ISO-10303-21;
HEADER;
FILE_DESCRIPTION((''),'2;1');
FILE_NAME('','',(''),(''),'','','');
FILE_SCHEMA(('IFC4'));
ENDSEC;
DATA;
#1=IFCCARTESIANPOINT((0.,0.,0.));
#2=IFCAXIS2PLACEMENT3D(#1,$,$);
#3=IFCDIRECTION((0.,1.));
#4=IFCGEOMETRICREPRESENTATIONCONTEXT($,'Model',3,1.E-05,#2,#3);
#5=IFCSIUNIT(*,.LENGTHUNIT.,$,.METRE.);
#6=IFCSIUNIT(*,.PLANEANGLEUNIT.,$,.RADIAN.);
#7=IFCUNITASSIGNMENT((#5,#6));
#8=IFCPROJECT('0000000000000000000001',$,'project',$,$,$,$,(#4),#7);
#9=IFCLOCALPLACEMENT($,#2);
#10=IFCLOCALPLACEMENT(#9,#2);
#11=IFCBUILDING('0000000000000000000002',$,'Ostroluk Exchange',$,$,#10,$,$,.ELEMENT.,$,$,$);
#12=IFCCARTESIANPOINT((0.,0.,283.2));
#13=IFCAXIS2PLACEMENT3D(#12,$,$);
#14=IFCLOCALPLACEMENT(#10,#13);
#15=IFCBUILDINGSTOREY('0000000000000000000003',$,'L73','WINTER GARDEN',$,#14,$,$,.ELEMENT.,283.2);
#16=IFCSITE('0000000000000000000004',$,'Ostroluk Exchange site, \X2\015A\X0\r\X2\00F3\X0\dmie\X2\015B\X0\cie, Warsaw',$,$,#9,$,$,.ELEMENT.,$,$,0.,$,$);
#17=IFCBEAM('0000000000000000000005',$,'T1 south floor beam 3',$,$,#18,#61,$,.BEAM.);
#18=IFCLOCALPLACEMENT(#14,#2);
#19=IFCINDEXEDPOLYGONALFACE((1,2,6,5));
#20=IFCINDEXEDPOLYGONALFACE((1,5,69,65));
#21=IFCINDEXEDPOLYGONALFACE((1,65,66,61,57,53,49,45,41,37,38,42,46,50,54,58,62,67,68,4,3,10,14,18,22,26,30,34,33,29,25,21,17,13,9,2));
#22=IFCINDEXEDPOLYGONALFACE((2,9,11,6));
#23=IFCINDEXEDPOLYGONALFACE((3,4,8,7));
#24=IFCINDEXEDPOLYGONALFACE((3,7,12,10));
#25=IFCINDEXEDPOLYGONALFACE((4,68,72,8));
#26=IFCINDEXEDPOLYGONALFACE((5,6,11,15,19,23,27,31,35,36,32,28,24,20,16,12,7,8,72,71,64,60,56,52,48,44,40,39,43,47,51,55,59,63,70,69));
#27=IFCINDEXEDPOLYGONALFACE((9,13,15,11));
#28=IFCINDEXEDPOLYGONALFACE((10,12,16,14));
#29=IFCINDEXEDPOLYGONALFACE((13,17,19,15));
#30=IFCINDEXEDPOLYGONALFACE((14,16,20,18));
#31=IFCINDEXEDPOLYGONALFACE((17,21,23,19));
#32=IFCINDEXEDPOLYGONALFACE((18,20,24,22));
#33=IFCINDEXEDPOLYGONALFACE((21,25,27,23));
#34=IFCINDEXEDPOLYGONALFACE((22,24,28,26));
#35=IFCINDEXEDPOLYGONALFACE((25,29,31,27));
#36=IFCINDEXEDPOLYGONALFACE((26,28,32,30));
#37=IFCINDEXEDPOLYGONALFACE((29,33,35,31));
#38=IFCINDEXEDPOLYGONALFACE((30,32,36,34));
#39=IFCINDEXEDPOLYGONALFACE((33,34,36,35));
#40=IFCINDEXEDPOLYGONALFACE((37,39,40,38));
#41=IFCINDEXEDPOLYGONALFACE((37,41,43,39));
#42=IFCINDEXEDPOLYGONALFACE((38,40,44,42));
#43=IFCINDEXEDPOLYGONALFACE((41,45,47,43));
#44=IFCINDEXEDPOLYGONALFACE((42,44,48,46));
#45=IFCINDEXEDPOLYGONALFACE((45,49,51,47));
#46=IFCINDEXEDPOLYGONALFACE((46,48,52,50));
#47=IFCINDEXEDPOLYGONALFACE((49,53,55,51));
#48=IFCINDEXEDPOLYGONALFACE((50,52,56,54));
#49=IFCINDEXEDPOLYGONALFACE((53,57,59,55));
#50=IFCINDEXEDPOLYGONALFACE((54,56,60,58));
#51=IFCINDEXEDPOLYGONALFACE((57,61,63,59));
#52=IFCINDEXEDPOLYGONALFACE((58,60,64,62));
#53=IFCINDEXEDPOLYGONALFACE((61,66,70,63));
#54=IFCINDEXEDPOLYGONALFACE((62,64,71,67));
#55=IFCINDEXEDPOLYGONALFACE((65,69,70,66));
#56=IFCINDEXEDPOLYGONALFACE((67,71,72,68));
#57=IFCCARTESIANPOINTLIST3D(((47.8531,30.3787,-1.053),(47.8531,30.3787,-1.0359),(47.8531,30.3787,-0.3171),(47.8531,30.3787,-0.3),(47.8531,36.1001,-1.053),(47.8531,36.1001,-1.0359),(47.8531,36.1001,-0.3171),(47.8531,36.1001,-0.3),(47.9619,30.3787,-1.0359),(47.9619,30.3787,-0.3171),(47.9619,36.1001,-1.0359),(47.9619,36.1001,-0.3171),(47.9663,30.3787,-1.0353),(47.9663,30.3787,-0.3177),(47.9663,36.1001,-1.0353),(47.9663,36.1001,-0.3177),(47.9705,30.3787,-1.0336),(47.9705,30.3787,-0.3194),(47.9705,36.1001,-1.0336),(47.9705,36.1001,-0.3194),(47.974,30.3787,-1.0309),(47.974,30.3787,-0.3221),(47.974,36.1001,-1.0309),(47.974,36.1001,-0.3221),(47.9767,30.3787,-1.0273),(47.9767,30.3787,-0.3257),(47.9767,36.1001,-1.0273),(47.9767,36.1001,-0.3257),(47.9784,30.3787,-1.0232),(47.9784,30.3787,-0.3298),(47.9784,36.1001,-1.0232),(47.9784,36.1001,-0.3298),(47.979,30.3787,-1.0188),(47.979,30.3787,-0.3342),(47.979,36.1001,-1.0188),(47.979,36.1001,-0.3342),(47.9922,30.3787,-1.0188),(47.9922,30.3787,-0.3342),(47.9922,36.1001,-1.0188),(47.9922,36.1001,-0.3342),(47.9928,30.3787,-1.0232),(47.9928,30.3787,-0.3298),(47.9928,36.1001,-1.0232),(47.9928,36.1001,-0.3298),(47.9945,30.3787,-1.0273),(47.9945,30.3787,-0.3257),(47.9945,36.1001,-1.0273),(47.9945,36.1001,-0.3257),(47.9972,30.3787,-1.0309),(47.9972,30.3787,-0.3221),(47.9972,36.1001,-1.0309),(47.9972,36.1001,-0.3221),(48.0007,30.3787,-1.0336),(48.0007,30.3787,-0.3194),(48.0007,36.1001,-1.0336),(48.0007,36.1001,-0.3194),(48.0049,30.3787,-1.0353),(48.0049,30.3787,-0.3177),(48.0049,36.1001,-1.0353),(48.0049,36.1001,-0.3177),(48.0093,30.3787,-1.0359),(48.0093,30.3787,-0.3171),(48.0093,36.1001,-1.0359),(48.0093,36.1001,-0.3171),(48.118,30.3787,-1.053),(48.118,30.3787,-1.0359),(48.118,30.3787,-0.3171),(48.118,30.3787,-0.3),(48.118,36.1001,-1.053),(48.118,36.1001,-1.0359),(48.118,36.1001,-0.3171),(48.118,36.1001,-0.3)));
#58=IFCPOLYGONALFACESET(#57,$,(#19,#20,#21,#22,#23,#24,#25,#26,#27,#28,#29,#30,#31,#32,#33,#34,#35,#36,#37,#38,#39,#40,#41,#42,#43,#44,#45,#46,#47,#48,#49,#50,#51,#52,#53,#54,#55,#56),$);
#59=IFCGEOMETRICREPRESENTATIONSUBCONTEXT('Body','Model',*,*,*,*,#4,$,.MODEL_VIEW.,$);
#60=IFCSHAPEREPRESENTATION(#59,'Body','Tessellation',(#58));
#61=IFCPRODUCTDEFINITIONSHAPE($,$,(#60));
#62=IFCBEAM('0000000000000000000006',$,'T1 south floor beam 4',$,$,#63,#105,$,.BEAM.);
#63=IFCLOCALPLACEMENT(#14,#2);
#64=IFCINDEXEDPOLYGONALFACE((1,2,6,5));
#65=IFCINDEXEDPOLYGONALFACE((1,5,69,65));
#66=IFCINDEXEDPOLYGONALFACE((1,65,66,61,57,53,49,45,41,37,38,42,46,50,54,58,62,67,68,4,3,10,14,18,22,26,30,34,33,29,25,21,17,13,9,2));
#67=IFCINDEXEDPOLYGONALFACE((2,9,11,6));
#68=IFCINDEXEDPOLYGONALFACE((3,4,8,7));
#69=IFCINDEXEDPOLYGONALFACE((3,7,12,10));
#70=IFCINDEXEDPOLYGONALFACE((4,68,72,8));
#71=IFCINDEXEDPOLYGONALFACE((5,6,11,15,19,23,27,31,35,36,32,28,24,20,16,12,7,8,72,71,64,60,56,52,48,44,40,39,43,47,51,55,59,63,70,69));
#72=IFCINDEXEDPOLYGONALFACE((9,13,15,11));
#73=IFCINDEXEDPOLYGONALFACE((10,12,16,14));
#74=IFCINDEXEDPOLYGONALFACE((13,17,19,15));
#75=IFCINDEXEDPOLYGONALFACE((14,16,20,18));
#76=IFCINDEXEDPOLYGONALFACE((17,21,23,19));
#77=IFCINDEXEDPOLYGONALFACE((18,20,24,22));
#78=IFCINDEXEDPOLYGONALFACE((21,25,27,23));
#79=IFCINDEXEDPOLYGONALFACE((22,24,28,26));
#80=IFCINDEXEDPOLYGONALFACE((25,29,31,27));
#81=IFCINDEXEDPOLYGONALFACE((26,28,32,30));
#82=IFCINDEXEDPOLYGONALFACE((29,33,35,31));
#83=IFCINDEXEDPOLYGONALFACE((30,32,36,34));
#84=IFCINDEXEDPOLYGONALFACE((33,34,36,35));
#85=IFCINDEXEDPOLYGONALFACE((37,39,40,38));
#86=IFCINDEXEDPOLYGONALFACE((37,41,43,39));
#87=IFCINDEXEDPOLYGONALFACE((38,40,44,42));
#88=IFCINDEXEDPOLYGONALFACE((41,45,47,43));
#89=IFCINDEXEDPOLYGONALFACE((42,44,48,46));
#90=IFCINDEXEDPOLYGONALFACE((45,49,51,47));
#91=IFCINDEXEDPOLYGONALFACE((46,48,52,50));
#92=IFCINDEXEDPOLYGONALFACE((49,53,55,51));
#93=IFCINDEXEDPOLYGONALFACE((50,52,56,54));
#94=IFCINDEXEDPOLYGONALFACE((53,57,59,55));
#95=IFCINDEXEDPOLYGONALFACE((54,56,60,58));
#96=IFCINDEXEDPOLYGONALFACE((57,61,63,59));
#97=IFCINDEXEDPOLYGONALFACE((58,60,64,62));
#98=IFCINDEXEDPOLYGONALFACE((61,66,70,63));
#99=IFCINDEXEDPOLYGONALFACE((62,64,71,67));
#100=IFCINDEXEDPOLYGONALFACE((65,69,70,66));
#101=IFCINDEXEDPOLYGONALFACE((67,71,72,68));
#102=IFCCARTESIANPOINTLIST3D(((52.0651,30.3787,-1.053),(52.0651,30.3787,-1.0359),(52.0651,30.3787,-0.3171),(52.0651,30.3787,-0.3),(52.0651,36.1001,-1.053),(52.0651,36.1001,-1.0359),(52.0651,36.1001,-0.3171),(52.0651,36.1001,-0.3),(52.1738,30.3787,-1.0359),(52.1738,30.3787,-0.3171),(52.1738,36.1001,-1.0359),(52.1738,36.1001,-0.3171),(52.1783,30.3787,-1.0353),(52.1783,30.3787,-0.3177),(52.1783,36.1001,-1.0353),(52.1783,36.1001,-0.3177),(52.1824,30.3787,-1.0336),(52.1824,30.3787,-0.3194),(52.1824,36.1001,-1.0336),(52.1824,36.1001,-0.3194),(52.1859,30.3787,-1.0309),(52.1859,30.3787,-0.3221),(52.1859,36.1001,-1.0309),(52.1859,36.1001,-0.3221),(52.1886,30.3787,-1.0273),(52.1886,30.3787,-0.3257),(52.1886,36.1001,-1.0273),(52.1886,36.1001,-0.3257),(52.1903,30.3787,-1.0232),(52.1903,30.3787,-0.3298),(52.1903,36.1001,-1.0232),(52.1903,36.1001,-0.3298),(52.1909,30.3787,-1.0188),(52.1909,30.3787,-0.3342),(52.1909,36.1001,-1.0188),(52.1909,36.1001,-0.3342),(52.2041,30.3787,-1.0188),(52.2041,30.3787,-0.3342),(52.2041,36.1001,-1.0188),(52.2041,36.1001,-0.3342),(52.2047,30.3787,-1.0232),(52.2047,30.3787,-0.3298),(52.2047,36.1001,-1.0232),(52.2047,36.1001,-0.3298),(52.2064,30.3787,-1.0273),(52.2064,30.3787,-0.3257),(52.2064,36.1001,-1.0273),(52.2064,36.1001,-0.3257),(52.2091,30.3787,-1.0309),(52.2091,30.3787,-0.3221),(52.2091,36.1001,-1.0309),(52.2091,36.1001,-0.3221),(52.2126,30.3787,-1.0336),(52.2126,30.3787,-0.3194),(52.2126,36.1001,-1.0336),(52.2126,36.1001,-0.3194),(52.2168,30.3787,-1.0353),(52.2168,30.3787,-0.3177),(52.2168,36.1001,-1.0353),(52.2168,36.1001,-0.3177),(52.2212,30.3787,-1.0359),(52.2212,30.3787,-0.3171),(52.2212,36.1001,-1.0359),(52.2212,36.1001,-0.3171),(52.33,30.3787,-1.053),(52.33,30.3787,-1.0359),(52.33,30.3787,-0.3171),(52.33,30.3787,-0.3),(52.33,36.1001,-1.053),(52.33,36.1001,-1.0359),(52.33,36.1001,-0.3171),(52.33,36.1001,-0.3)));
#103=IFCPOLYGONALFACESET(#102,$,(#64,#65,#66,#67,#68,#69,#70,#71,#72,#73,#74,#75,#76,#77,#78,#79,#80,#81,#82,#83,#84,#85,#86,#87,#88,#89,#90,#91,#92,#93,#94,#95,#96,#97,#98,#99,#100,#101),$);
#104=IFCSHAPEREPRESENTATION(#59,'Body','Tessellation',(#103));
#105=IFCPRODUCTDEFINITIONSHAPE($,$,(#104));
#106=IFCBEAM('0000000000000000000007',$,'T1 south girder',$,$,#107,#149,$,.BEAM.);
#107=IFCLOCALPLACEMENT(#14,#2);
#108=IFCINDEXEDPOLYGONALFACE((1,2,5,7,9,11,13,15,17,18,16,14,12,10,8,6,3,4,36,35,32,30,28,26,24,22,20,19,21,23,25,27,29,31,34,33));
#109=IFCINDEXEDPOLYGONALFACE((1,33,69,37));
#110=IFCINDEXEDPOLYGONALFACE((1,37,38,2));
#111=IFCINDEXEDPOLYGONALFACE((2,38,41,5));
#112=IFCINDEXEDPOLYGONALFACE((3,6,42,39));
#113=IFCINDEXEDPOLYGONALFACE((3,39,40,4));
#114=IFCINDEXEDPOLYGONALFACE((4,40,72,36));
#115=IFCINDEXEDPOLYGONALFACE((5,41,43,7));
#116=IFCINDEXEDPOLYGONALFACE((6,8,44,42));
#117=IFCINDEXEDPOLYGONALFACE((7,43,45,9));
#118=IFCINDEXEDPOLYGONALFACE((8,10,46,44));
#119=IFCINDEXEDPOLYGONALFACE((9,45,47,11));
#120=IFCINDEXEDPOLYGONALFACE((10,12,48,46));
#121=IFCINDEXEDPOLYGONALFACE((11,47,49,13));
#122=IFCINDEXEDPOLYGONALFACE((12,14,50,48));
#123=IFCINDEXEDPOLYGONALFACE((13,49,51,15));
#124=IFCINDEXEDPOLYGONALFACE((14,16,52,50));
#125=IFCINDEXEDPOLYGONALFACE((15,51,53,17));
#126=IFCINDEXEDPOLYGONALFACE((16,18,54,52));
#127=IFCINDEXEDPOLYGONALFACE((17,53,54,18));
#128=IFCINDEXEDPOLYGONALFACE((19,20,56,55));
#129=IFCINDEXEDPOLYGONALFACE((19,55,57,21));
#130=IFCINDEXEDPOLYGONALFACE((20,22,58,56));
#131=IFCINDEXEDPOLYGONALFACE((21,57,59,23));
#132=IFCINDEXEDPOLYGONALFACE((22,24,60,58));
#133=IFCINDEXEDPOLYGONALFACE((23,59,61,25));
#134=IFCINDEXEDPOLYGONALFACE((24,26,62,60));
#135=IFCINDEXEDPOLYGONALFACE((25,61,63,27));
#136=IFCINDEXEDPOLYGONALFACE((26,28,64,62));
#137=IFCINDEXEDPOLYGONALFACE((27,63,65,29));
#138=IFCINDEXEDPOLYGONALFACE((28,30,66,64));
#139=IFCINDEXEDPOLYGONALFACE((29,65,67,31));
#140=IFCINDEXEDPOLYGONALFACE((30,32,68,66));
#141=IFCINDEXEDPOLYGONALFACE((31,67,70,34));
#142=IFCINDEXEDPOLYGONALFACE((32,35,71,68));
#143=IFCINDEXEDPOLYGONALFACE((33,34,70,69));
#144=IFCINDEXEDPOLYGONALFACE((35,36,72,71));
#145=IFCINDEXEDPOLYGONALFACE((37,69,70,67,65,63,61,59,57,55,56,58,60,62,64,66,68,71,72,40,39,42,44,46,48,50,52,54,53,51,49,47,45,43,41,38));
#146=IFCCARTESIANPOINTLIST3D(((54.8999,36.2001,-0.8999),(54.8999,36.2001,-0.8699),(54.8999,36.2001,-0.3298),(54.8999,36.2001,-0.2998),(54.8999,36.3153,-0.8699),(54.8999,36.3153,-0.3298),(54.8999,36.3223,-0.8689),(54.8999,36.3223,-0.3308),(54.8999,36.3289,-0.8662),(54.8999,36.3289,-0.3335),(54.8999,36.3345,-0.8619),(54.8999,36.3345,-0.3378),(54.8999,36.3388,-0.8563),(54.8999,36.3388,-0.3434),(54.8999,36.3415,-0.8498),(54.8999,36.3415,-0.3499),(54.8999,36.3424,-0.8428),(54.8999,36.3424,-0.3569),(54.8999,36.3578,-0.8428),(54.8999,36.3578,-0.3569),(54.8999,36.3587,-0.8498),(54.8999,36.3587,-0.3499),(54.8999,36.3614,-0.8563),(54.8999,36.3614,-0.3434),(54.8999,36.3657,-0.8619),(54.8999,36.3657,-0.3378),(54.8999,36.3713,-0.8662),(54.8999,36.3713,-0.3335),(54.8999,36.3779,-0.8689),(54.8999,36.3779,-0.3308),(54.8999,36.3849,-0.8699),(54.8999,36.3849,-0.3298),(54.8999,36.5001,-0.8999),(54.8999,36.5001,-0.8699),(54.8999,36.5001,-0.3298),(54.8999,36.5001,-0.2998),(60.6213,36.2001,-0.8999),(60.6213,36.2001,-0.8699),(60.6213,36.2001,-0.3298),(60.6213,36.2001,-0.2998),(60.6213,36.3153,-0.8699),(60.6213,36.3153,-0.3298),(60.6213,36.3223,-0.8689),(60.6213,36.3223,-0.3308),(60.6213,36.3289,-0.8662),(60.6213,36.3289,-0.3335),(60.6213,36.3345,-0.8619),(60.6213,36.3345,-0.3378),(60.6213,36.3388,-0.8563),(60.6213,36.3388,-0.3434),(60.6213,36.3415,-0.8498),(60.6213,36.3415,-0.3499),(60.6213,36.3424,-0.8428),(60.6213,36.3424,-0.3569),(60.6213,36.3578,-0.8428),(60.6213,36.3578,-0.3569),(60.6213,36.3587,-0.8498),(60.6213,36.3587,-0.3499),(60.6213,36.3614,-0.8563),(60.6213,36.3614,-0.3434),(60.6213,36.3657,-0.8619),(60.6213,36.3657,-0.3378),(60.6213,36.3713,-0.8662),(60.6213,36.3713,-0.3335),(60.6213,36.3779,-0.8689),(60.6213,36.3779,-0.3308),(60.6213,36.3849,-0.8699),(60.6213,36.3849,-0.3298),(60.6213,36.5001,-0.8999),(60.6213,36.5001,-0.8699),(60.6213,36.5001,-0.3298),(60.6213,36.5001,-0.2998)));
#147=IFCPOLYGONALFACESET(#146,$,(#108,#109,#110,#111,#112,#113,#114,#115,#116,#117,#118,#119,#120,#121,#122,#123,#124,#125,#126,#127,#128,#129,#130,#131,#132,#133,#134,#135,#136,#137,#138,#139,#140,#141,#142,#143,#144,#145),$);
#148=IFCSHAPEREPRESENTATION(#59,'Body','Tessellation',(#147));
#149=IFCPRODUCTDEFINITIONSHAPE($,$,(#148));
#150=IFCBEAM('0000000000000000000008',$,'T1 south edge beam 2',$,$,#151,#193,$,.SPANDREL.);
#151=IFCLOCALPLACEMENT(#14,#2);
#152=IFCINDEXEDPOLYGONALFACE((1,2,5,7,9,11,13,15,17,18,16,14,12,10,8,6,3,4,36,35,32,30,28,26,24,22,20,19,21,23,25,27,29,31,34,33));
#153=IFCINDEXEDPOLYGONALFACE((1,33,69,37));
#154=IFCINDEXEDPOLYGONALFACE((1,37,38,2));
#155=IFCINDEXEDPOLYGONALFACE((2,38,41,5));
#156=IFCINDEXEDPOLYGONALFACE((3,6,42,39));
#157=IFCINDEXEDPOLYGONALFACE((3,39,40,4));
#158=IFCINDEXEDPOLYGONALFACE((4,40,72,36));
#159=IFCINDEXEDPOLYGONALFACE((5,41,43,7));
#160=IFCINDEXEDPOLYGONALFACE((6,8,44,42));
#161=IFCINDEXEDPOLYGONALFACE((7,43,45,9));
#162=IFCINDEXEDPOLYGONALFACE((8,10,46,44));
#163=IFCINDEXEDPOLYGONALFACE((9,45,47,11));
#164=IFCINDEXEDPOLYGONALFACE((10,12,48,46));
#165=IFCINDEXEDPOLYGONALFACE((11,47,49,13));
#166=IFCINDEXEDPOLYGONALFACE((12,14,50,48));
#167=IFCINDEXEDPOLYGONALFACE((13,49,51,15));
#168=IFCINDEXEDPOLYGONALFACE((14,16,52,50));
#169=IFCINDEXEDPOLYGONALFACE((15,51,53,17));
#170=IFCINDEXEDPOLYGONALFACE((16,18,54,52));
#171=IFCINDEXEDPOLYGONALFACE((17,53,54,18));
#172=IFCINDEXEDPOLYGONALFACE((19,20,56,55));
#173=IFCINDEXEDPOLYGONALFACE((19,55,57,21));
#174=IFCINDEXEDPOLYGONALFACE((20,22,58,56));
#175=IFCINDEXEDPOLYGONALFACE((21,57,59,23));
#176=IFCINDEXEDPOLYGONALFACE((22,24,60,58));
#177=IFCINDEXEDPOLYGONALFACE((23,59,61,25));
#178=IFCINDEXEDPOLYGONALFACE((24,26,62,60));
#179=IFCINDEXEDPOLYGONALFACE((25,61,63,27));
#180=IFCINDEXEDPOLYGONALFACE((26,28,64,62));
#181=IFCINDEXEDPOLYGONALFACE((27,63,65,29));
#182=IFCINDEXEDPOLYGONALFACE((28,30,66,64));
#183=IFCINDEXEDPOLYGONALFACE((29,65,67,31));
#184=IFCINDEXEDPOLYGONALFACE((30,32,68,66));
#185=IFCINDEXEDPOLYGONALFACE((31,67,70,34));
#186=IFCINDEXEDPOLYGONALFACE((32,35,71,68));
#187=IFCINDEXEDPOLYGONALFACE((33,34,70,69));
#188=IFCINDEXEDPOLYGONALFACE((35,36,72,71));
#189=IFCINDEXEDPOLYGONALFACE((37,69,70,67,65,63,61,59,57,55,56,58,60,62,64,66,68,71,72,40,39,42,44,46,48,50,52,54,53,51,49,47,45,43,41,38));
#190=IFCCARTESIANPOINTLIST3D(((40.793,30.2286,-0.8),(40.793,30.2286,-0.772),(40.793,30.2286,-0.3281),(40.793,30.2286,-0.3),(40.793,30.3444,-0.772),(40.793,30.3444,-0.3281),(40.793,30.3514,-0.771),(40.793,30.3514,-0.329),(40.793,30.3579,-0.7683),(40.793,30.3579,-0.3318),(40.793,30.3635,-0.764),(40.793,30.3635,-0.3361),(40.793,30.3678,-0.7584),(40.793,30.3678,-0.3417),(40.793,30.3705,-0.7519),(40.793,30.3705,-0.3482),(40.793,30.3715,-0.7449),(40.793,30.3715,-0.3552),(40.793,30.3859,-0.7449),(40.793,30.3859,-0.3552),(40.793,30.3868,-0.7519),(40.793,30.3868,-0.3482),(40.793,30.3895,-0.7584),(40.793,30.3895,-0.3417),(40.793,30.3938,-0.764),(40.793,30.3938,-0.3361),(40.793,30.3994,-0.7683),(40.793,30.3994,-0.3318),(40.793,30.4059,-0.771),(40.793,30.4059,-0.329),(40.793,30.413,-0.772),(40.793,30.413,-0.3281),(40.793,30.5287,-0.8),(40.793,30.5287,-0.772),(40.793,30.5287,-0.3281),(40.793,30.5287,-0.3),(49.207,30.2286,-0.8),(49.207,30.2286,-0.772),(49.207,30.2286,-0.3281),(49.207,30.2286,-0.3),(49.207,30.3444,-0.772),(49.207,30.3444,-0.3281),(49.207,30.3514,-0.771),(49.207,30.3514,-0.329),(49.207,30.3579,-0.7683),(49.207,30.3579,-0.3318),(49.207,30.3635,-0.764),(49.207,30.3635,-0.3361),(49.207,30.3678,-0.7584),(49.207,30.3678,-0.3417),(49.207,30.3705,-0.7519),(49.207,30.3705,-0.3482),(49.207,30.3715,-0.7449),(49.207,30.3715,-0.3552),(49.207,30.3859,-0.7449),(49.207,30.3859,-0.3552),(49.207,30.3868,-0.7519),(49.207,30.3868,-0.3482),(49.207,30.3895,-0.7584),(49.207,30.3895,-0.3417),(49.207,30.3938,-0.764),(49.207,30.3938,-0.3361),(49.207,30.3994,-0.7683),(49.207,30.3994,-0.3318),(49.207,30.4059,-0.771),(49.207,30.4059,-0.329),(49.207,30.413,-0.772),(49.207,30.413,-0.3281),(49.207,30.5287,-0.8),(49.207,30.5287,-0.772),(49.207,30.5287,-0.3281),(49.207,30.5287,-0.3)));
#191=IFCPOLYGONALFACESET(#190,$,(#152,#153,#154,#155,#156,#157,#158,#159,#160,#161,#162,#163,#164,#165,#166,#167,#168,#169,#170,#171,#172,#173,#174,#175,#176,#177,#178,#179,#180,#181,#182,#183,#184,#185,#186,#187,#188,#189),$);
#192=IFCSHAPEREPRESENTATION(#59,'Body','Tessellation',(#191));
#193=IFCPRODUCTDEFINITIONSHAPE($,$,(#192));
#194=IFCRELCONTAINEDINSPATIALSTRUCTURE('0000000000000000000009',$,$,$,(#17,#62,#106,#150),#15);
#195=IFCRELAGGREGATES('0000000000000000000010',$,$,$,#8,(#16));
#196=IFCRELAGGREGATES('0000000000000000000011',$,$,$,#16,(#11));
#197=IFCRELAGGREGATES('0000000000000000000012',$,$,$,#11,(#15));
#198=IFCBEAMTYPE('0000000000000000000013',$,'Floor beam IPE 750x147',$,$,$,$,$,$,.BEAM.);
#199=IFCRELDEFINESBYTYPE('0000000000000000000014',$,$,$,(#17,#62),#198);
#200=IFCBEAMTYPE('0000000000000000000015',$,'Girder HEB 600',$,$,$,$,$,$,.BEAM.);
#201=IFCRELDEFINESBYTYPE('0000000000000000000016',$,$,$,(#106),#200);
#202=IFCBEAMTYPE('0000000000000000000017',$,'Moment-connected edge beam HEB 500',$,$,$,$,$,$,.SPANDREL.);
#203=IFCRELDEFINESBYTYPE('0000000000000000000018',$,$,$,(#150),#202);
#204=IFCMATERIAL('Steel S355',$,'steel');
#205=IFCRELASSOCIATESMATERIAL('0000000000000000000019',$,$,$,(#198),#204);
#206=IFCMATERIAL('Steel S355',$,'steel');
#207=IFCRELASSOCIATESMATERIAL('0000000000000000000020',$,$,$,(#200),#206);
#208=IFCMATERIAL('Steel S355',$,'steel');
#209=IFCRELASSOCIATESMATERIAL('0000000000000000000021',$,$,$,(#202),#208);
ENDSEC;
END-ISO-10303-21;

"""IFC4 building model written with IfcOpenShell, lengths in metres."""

from ifc_helpers import new_model, si_unit, direction, frame, origin, origin_2d, place, context, subcontext, project, spatial, i_section, extrude, material, material_profile, profile_set, type_object, element, save


model = new_model("IFC4")

# Units and contexts
model_context = context("Model", 3, precision=1e-05, world=origin(), true_north=direction((0.0, 1.0)))
body_context = subcontext(model_context, "Body", "Model", "MODEL_VIEW")
ifc_project = project(units=[si_unit("LENGTHUNIT", "METRE"), si_unit("PLANEANGLEUNIT", "RADIAN")], contexts=[model_context])

# Site, building, storey
site_placement = place(None, origin())
site = spatial("IfcSite", under=ifc_project, at=site_placement, Name="Ostroluk Exchange site, Śródmieście, Warsaw", CompositionType="ELEMENT", RefElevation=0.0)
building_placement = place(site_placement, origin())
building = spatial("IfcBuilding", under=site, at=building_placement, Name="Ostroluk Exchange", CompositionType="ELEMENT")
storey_placement = place(building_placement, frame((0.0, 0.0, 283.2)))
storey = spatial("IfcBuildingStorey", under=building, at=storey_placement, Name="L73", Description="WINTER GARDEN", CompositionType="ELEMENT", Elevation=283.2)

# Beams
ifc_material_1 = material(Name="Steel S355", Category="steel")
ifc_material_profile_1 = material_profile(ifc_material_1, i_section(OverallWidth=0.2649, OverallDepth=0.7529, WebThickness=0.0132, FlangeThickness=0.0171, FilletRadius=0.0171, at=origin_2d()), Name="IPE 750x147")
ifc_profile_set_1 = profile_set([ifc_material_profile_1], Name="Steel S355")
beam_type_1 = type_object("IfcBeamType", Name="Floor beam IPE 750x147", PredefinedType="BEAM", material=ifc_profile_set_1)
for number, where, z_axis, x_axis, name in (
    (1, (47.9856, 36.1001, -0.6765), (0.0, -1.0, 0.0), (1.0, 0.0, 0.0), "T1 south floor beam 3"),
    (2, (52.1975, 36.1001, -0.6765), (0.0, -1.0, 0.0), (1.0, 0.0, 0.0), "T1 south floor beam 4"),
):
    element("IfcBeam", number, at=place(storey_placement, frame(where, z_axis=z_axis, x_axis=x_axis)), inside=storey, type_object=beam_type_1, Name=name, PredefinedType="BEAM", context=body_context, shape_type="SweptSolid", body=[
        extrude(i_section(OverallWidth=0.2649, OverallDepth=0.7529, WebThickness=0.0132, FlangeThickness=0.0171, FilletRadius=0.0171, at=origin_2d()), origin(), (0.0, 0.0, 1.0), 5.7214),
    ])
ifc_material_2 = material(Name="Steel S355", Category="steel")
ifc_material_profile_2 = material_profile(ifc_material_2, i_section(OverallWidth=0.3, OverallDepth=0.6001, WebThickness=0.0154, FlangeThickness=0.03, FilletRadius=0.0271, at=origin_2d()), Name="HEB 600")
ifc_profile_set_2 = profile_set([ifc_material_profile_2], Name="Steel S355")
beam_type_2 = type_object("IfcBeamType", Name="Girder HEB 600", PredefinedType="BEAM", material=ifc_profile_set_2)
beam_1_placement = place(storey_placement, frame((54.8999, 36.3501, -0.5999), z_axis=(1.0, 0.0, 0.0), x_axis=(0.0, 1.0, 0.0)))
element("IfcBeam", 3, at=beam_1_placement, inside=storey, type_object=beam_type_2, Name="T1 south girder", PredefinedType="BEAM", context=body_context, shape_type="SweptSolid", body=[
    extrude(i_section(OverallWidth=0.3, OverallDepth=0.6001, WebThickness=0.0154, FlangeThickness=0.03, FilletRadius=0.0271, at=origin_2d()), origin(), (0.0, 0.0, 1.0), 5.7214),
])
ifc_material_3 = material(Name="Steel S355", Category="steel")
ifc_material_profile_3 = material_profile(ifc_material_3, i_section(OverallWidth=0.3, OverallDepth=0.5, WebThickness=0.0144, FlangeThickness=0.0281, FilletRadius=0.0271, at=origin_2d()), Name="HEB 500")
ifc_profile_set_3 = profile_set([ifc_material_profile_3], Name="Steel S355")
beam_type_3 = type_object("IfcBeamType", Name="Moment-connected edge beam HEB 500", PredefinedType="SPANDREL", material=ifc_profile_set_3)
beam_2_placement = place(storey_placement, frame((40.793, 30.3787, -0.55), z_axis=(1.0, 0.0, 0.0), x_axis=(0.0, 1.0, 0.0)))
element("IfcBeam", 4, at=beam_2_placement, inside=storey, type_object=beam_type_3, Name="T1 south edge beam 2", PredefinedType="SPANDREL", context=body_context, shape_type="SweptSolid", body=[
    extrude(i_section(OverallWidth=0.3, OverallDepth=0.5, WebThickness=0.0144, FlangeThickness=0.0281, FilletRadius=0.0271, at=origin_2d()), origin(), (0.0, 0.0, 1.0), 8.4141),
])

save(model, "model.ifc")
